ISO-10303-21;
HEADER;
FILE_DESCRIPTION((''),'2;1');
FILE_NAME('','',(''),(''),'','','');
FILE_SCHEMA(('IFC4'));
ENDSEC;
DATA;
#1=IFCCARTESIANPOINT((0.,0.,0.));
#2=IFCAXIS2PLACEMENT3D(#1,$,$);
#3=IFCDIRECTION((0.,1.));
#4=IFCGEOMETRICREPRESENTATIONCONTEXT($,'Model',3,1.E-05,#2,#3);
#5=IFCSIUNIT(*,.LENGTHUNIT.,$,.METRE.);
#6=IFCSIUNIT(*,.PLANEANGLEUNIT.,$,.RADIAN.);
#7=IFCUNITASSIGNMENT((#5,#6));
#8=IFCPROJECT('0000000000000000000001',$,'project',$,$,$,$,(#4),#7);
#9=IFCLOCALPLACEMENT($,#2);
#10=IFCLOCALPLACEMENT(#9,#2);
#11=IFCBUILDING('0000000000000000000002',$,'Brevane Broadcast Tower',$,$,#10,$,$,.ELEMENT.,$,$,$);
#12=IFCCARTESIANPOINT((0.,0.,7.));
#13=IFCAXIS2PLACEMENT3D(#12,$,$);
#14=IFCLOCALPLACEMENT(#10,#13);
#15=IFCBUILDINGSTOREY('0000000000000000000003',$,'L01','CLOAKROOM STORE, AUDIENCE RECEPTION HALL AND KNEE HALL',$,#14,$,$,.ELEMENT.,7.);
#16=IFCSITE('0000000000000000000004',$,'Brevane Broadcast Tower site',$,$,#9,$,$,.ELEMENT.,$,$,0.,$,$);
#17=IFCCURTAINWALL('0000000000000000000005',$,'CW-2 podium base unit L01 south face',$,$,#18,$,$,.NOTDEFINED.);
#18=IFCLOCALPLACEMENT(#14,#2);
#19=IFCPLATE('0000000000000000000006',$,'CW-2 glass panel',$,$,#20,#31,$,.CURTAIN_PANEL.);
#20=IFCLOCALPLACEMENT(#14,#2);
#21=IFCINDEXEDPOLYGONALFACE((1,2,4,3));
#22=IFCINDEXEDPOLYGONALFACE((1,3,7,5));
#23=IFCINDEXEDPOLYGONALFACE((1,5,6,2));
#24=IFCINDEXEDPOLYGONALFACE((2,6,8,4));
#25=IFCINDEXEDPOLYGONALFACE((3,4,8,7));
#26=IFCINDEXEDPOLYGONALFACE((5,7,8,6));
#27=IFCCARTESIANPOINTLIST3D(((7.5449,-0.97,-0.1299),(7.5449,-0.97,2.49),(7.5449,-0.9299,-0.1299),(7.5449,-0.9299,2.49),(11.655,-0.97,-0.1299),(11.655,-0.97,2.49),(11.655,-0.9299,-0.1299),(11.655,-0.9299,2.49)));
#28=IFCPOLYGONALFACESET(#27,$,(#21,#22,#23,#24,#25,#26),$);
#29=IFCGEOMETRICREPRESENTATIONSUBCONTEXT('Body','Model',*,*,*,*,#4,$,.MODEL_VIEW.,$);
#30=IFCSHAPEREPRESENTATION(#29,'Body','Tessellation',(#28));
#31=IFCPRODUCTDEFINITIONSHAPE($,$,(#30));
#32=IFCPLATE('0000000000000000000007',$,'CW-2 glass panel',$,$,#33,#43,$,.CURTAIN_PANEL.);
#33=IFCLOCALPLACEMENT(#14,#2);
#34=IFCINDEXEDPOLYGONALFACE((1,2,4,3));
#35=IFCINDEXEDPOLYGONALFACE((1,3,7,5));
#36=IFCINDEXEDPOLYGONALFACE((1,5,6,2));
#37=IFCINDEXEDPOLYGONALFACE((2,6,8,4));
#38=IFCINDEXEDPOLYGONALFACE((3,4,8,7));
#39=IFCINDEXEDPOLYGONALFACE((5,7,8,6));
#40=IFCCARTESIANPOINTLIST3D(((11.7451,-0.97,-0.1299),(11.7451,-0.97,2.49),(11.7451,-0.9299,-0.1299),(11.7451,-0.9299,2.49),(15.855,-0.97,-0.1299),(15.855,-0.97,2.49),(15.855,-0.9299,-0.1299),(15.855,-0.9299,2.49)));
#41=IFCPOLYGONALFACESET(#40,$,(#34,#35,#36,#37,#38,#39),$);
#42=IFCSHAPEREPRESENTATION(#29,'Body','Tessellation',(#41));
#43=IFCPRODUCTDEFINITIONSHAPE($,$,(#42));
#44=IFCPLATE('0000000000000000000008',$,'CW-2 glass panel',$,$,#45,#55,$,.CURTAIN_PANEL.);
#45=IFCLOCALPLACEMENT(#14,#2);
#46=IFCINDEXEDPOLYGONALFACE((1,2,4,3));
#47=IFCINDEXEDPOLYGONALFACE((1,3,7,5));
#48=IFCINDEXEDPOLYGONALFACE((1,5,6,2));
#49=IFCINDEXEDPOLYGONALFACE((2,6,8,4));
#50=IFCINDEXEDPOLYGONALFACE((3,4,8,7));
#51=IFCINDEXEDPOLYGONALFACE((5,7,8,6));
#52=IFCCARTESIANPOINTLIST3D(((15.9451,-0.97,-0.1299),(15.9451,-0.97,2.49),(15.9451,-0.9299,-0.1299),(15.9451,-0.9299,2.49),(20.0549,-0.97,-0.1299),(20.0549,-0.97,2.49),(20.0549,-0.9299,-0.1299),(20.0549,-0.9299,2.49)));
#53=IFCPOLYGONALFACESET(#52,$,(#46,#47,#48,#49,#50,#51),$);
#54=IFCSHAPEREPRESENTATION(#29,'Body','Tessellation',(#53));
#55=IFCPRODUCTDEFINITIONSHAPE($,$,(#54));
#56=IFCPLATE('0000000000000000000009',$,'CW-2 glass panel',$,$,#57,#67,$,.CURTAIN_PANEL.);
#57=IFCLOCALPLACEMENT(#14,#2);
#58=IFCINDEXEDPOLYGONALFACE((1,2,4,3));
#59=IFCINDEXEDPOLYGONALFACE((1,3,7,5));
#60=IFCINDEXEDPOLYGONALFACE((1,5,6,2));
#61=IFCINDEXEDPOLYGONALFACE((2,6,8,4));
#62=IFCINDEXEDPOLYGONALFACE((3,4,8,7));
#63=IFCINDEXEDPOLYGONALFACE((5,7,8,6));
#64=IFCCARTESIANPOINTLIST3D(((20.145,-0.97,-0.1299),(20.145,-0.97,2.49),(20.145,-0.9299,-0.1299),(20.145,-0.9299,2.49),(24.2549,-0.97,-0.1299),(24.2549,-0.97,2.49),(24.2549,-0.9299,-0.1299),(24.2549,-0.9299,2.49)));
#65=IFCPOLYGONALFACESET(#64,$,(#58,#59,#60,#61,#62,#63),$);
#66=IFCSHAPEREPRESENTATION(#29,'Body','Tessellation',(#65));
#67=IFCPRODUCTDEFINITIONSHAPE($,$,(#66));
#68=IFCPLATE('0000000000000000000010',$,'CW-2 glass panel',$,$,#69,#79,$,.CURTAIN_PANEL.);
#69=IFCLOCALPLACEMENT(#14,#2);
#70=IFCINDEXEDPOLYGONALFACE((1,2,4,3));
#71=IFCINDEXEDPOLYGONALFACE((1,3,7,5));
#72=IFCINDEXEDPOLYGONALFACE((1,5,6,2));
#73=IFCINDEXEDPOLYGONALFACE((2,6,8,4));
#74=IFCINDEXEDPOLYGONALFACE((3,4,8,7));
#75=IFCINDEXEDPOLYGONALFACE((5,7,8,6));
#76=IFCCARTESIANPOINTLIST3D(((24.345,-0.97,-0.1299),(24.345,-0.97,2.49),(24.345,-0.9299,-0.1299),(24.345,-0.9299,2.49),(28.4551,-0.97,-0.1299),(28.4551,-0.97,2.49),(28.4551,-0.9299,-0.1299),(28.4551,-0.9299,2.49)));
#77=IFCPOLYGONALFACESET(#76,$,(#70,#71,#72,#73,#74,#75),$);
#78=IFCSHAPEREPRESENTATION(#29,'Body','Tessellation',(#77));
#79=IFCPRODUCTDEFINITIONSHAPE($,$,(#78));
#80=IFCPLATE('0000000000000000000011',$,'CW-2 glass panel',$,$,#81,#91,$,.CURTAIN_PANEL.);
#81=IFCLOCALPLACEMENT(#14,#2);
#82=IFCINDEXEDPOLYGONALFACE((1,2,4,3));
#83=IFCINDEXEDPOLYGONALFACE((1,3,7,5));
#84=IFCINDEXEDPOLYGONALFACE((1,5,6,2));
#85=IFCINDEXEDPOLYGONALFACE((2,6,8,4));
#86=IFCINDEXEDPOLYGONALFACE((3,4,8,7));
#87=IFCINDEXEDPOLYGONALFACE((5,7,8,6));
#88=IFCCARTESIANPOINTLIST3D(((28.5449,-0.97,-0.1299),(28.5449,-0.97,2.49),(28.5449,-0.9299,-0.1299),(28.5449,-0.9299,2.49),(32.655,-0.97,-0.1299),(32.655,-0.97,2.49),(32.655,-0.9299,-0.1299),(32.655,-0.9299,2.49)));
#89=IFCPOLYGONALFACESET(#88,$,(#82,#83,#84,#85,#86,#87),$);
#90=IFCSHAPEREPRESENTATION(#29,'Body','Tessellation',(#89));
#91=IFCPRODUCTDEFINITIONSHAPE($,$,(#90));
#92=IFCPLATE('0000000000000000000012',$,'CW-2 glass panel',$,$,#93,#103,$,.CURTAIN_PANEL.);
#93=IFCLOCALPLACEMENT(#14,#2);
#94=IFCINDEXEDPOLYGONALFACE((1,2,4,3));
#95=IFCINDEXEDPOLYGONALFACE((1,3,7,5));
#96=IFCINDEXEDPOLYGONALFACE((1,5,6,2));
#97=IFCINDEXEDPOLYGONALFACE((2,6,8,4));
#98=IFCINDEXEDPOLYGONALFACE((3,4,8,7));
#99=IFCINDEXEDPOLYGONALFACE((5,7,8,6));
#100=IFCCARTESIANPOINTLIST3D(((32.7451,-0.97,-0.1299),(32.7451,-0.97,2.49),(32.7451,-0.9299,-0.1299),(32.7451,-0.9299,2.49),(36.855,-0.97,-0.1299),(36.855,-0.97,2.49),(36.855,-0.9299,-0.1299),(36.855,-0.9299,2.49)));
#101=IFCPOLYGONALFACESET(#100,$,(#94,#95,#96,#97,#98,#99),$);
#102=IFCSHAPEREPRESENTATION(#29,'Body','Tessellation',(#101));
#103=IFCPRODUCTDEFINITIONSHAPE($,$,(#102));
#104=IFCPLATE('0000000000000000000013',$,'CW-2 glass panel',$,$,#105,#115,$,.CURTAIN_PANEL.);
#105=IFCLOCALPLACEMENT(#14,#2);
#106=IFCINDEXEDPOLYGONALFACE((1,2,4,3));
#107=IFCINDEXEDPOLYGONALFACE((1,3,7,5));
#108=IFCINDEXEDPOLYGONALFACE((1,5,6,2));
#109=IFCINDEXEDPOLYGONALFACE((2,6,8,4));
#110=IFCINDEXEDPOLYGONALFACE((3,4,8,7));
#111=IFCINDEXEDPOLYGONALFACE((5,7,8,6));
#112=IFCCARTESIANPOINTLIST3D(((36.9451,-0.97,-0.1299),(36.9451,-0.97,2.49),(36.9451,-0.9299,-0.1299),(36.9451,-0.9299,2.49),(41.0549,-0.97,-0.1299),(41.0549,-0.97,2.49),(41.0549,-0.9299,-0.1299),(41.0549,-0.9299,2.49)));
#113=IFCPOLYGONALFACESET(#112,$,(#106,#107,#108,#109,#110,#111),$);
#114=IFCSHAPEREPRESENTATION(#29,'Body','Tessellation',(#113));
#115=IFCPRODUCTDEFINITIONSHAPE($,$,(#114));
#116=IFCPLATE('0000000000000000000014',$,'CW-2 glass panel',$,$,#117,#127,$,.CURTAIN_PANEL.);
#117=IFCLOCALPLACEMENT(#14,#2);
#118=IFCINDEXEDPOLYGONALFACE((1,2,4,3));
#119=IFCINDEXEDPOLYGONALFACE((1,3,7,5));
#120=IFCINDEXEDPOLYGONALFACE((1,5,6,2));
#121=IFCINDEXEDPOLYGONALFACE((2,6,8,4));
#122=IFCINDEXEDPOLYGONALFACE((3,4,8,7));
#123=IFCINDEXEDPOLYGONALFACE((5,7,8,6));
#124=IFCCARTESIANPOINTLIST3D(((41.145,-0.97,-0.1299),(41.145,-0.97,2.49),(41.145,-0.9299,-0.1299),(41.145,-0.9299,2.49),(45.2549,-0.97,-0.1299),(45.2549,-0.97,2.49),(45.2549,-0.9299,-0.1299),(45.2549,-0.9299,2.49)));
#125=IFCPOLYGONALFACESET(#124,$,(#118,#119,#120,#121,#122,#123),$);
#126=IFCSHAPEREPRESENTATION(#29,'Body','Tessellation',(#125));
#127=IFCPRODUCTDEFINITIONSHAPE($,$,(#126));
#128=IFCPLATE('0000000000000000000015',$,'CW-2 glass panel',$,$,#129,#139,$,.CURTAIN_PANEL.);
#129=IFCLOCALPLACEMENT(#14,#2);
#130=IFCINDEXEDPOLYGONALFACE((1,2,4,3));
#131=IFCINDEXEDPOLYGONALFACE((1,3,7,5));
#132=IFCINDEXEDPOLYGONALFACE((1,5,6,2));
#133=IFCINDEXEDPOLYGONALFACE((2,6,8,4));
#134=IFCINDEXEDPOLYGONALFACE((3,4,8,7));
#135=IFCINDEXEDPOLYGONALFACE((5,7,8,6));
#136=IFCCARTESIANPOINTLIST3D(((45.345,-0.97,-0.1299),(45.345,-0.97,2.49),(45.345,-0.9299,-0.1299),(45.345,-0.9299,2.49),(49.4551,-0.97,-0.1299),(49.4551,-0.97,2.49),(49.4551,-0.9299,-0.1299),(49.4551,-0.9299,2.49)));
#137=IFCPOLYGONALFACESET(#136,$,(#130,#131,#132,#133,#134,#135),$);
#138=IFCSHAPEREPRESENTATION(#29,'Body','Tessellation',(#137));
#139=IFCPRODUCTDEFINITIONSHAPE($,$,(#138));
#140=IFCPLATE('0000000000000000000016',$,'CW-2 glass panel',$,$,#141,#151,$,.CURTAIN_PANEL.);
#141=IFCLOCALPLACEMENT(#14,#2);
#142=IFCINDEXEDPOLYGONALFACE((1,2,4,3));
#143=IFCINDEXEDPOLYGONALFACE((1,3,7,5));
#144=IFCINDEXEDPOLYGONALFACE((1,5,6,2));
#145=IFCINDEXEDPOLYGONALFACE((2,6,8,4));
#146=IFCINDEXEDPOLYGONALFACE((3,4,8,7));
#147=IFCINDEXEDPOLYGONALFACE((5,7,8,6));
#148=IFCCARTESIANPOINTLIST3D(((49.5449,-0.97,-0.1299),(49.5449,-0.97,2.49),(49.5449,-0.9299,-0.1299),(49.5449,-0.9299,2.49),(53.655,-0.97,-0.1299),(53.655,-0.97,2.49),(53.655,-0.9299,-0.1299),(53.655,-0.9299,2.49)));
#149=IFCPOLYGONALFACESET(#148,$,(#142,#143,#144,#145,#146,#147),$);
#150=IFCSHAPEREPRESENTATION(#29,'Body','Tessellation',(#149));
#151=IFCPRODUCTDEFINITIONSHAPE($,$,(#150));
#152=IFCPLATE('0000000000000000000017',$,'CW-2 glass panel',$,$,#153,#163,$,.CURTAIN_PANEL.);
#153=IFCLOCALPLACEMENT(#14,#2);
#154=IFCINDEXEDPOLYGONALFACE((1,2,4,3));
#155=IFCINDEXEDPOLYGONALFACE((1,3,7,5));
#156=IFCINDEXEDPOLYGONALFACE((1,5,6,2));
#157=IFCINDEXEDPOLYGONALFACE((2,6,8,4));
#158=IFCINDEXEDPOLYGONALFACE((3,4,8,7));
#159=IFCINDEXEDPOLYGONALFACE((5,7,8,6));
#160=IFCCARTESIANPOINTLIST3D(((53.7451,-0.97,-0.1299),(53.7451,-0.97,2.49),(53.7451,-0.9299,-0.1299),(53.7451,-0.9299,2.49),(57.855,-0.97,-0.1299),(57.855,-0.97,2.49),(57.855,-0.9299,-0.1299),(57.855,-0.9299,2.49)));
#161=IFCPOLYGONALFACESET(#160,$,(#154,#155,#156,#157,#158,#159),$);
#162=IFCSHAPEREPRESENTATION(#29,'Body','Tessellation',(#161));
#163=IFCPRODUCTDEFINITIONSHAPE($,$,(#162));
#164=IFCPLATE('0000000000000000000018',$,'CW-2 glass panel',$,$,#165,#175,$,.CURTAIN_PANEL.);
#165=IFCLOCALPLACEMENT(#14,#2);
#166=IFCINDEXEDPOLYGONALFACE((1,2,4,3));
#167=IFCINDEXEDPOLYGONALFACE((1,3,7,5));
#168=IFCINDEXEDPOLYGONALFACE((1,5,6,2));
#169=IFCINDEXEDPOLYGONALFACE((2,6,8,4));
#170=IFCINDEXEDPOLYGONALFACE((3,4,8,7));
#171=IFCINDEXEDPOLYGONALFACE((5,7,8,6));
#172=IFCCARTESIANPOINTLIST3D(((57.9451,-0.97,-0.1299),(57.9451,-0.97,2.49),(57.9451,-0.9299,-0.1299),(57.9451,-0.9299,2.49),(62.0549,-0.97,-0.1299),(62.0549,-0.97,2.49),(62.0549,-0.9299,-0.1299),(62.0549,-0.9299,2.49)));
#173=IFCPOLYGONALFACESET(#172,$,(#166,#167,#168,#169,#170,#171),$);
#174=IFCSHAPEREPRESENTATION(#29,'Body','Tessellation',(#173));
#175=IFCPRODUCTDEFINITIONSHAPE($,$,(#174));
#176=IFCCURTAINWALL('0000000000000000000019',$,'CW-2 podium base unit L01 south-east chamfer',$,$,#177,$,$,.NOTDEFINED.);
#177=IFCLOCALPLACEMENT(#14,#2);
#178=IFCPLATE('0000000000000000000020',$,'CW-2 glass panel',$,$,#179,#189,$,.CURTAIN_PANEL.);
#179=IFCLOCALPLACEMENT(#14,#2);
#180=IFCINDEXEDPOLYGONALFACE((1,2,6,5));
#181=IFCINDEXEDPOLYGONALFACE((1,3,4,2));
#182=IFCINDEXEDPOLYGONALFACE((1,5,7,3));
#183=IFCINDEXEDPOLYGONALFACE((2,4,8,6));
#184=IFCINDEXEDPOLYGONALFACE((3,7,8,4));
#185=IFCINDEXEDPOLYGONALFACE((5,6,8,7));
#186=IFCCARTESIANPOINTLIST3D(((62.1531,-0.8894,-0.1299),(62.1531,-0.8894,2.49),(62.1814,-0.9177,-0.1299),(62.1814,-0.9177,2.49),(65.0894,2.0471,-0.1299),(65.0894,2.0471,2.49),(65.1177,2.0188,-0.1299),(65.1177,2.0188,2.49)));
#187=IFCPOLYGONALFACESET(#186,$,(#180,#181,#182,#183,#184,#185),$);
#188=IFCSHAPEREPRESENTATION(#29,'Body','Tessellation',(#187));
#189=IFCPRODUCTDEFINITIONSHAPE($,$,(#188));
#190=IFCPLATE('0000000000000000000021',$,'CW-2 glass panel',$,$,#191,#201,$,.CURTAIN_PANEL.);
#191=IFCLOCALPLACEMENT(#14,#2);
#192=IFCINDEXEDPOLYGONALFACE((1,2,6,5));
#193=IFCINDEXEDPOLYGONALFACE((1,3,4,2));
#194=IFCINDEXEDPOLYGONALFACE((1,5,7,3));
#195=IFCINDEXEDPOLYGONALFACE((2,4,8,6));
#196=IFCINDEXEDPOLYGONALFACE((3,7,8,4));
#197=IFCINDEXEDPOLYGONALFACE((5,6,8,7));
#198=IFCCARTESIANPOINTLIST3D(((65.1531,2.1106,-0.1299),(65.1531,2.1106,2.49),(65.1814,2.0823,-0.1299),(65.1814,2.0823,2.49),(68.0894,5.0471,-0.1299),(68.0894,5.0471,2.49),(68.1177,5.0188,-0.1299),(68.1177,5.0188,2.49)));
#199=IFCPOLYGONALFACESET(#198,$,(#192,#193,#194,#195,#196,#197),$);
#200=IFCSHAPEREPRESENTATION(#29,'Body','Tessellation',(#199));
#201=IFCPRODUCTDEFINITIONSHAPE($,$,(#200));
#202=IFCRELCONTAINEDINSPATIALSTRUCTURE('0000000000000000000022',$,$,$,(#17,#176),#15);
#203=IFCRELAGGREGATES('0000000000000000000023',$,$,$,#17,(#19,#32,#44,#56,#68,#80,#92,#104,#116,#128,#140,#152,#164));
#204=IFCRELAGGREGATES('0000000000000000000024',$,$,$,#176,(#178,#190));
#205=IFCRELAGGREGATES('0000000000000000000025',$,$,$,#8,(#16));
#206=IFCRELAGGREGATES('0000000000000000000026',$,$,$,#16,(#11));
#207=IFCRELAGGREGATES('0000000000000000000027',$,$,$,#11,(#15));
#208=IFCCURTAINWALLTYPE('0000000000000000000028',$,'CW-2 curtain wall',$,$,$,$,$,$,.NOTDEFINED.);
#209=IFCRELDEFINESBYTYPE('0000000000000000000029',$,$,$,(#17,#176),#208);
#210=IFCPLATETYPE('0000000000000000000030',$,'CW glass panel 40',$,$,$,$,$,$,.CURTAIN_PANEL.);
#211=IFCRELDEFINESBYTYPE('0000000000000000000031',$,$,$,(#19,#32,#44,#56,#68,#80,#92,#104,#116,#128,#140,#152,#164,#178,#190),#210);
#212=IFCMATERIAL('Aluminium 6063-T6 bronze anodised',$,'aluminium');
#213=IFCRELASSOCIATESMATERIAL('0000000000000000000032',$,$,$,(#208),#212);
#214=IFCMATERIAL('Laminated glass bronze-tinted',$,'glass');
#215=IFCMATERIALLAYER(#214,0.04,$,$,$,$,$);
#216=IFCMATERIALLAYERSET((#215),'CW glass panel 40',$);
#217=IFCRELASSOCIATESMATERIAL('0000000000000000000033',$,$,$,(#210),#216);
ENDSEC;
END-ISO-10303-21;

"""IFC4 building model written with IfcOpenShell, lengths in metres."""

from ifc_helpers import new_model, si_unit, direction, frame, origin, place, context, subcontext, project, spatial, polyline, outline, extrude, material, layer, layer_set, type_object, element, aggregate, save


model = new_model("IFC4")

# Units and contexts
model_context = context("Model", 3, precision=1e-05, world=origin(), true_north=direction((0.0, 1.0)))
body_context = subcontext(model_context, "Body", "Model", "MODEL_VIEW")
ifc_project = project(units=[si_unit("LENGTHUNIT", "METRE"), si_unit("PLANEANGLEUNIT", "RADIAN")], contexts=[model_context])

# Site, building, storey
site_placement = place(None, origin())
site = spatial("IfcSite", under=ifc_project, at=site_placement, Name="Brevane Broadcast Tower site", CompositionType="ELEMENT", RefElevation=0.0)
building_placement = place(site_placement, origin())
building = spatial("IfcBuilding", under=site, at=building_placement, Name="Brevane Broadcast Tower", CompositionType="ELEMENT")
storey_placement = place(building_placement, frame((0.0, 0.0, 7.0)))
storey = spatial("IfcBuildingStorey", under=building, at=storey_placement, Name="L01", Description="CLOAKROOM STORE, AUDIENCE RECEPTION HALL AND KNEE HALL", CompositionType="ELEMENT", Elevation=7.0)

# Curtain walls, plates
ifc_material_1 = material(Name="Aluminium 6063-T6 bronze anodised", Category="aluminium")
curtain_wall_type = type_object("IfcCurtainWallType", Name="CW-2 curtain wall", PredefinedType="NOTDEFINED", material=ifc_material_1)
curtain_wall_1_placement = place(storey_placement, origin())
curtain_wall_1 = element("IfcCurtainWall", 1, at=curtain_wall_1_placement, inside=storey, type_object=curtain_wall_type, Name="CW-2 podium base unit L01 south face", PredefinedType="NOTDEFINED")
ifc_material_2 = material(Name="Laminated glass bronze-tinted", Category="glass")
ifc_layer = layer(ifc_material_2, 0.04)
ifc_layer_set = layer_set([ifc_layer], Name="CW glass panel 40")
plate_type = type_object("IfcPlateType", Name="CW glass panel 40", PredefinedType="CURTAIN_PANEL", material=ifc_layer_set)
plate_1_placement = place(storey_placement, frame((0.0, 0.0, -0.1299)))
plate_1 = element("IfcPlate", 2, at=plate_1_placement, type_object=plate_type, Name="CW-2 glass panel", PredefinedType="CURTAIN_PANEL", context=body_context, shape_type="SweptSolid", body=[
    extrude(outline(polyline([(11.655, -0.97), (11.655, -0.9299), (7.5449, -0.9299), (7.5449, -0.97), (11.655, -0.97)])), origin(), (0.0, 0.0, 1.0), 2.6199),
])
plate_2_placement = place(storey_placement, frame((0.0, 0.0, -0.1299)))
plate_2 = element("IfcPlate", 3, at=plate_2_placement, type_object=plate_type, Name="CW-2 glass panel", PredefinedType="CURTAIN_PANEL", context=body_context, shape_type="SweptSolid", body=[
    extrude(outline(polyline([(15.855, -0.97), (15.855, -0.9299), (11.7451, -0.9299), (11.7451, -0.97), (15.855, -0.97)])), origin(), (0.0, 0.0, 1.0), 2.6199),
])
plate_3_placement = place(storey_placement, frame((0.0, 0.0, -0.1299)))
plate_3 = element("IfcPlate", 4, at=plate_3_placement, type_object=plate_type, Name="CW-2 glass panel", PredefinedType="CURTAIN_PANEL", context=body_context, shape_type="SweptSolid", body=[
    extrude(outline(polyline([(20.0549, -0.97), (20.0549, -0.9299), (15.9451, -0.9299), (15.9451, -0.97), (20.0549, -0.97)])), origin(), (0.0, 0.0, 1.0), 2.6199),
])
plate_4_placement = place(storey_placement, frame((0.0, 0.0, -0.1299)))
plate_4 = element("IfcPlate", 5, at=plate_4_placement, type_object=plate_type, Name="CW-2 glass panel", PredefinedType="CURTAIN_PANEL", context=body_context, shape_type="SweptSolid", body=[
    extrude(outline(polyline([(24.2549, -0.97), (24.2549, -0.9299), (20.145, -0.9299), (20.145, -0.97), (24.2549, -0.97)])), origin(), (0.0, 0.0, 1.0), 2.6199),
])
plate_5_placement = place(storey_placement, frame((0.0, 0.0, -0.1299)))
plate_5 = element("IfcPlate", 6, at=plate_5_placement, type_object=plate_type, Name="CW-2 glass panel", PredefinedType="CURTAIN_PANEL", context=body_context, shape_type="SweptSolid", body=[
    extrude(outline(polyline([(28.4551, -0.97), (28.4551, -0.9299), (24.345, -0.9299), (24.345, -0.97), (28.4551, -0.97)])), origin(), (0.0, 0.0, 1.0), 2.6199),
])
plate_6_placement = place(storey_placement, frame((0.0, 0.0, -0.1299)))
plate_6 = element("IfcPlate", 7, at=plate_6_placement, type_object=plate_type, Name="CW-2 glass panel", PredefinedType="CURTAIN_PANEL", context=body_context, shape_type="SweptSolid", body=[
    extrude(outline(polyline([(32.655, -0.97), (32.655, -0.9299), (28.5449, -0.9299), (28.5449, -0.97), (32.655, -0.97)])), origin(), (0.0, 0.0, 1.0), 2.6199),
])
plate_7_placement = place(storey_placement, frame((0.0, 0.0, -0.1299)))
plate_7 = element("IfcPlate", 8, at=plate_7_placement, type_object=plate_type, Name="CW-2 glass panel", PredefinedType="CURTAIN_PANEL", context=body_context, shape_type="SweptSolid", body=[
    extrude(outline(polyline([(36.855, -0.97), (36.855, -0.9299), (32.7451, -0.9299), (32.7451, -0.97), (36.855, -0.97)])), origin(), (0.0, 0.0, 1.0), 2.6199),
])
plate_8_placement = place(storey_placement, frame((0.0, 0.0, -0.1299)))
plate_8 = element("IfcPlate", 9, at=plate_8_placement, type_object=plate_type, Name="CW-2 glass panel", PredefinedType="CURTAIN_PANEL", context=body_context, shape_type="SweptSolid", body=[
    extrude(outline(polyline([(41.0549, -0.97), (41.0549, -0.9299), (36.9451, -0.9299), (36.9451, -0.97), (41.0549, -0.97)])), origin(), (0.0, 0.0, 1.0), 2.6199),
])
plate_9_placement = place(storey_placement, frame((0.0, 0.0, -0.1299)))
plate_9 = element("IfcPlate", 10, at=plate_9_placement, type_object=plate_type, Name="CW-2 glass panel", PredefinedType="CURTAIN_PANEL", context=body_context, shape_type="SweptSolid", body=[
    extrude(outline(polyline([(45.2549, -0.97), (45.2549, -0.9299), (41.145, -0.9299), (41.145, -0.97), (45.2549, -0.97)])), origin(), (0.0, 0.0, 1.0), 2.6199),
])
plate_10_placement = place(storey_placement, frame((0.0, 0.0, -0.1299)))
plate_10 = element("IfcPlate", 11, at=plate_10_placement, type_object=plate_type, Name="CW-2 glass panel", PredefinedType="CURTAIN_PANEL", context=body_context, shape_type="SweptSolid", body=[
    extrude(outline(polyline([(49.4551, -0.97), (49.4551, -0.9299), (45.345, -0.9299), (45.345, -0.97), (49.4551, -0.97)])), origin(), (0.0, 0.0, 1.0), 2.6199),
])
plate_11_placement = place(storey_placement, frame((0.0, 0.0, -0.1299)))
plate_11 = element("IfcPlate", 12, at=plate_11_placement, type_object=plate_type, Name="CW-2 glass panel", PredefinedType="CURTAIN_PANEL", context=body_context, shape_type="SweptSolid", body=[
    extrude(outline(polyline([(53.655, -0.97), (53.655, -0.9299), (49.5449, -0.9299), (49.5449, -0.97), (53.655, -0.97)])), origin(), (0.0, 0.0, 1.0), 2.6199),
])
plate_12_placement = place(storey_placement, frame((0.0, 0.0, -0.1299)))
plate_12 = element("IfcPlate", 13, at=plate_12_placement, type_object=plate_type, Name="CW-2 glass panel", PredefinedType="CURTAIN_PANEL", context=body_context, shape_type="SweptSolid", body=[
    extrude(outline(polyline([(57.855, -0.97), (57.855, -0.9299), (53.7451, -0.9299), (53.7451, -0.97), (57.855, -0.97)])), origin(), (0.0, 0.0, 1.0), 2.6199),
])
plate_13_placement = place(storey_placement, frame((0.0, 0.0, -0.1299)))
plate_13 = element("IfcPlate", 14, at=plate_13_placement, type_object=plate_type, Name="CW-2 glass panel", PredefinedType="CURTAIN_PANEL", context=body_context, shape_type="SweptSolid", body=[
    extrude(outline(polyline([(62.0549, -0.97), (62.0549, -0.9299), (57.9451, -0.9299), (57.9451, -0.97), (62.0549, -0.97)])), origin(), (0.0, 0.0, 1.0), 2.6199),
])
aggregate(curtain_wall_1, [plate_1, plate_2, plate_3, plate_4, plate_5, plate_6, plate_7, plate_8, plate_9, plate_10, plate_11, plate_12, plate_13])
curtain_wall_2_placement = place(storey_placement, origin())
curtain_wall_2 = element("IfcCurtainWall", 15, at=curtain_wall_2_placement, inside=storey, type_object=curtain_wall_type, Name="CW-2 podium base unit L01 south-east chamfer", PredefinedType="NOTDEFINED")
plate_14_placement = place(storey_placement, frame((0.0, 0.0, -0.1299)))
plate_14 = element("IfcPlate", 16, at=plate_14_placement, type_object=plate_type, Name="CW-2 glass panel", PredefinedType="CURTAIN_PANEL", context=body_context, shape_type="SweptSolid", body=[
    extrude(outline(polyline([(62.1531, -0.8894), (65.0894, 2.0471), (65.1177, 2.0188), (62.1814, -0.9177), (62.1531, -0.8894)])), origin(), (0.0, 0.0, 1.0), 2.6199),
])
plate_15_placement = place(storey_placement, frame((0.0, 0.0, -0.1299)))
plate_15 = element("IfcPlate", 17, at=plate_15_placement, type_object=plate_type, Name="CW-2 glass panel", PredefinedType="CURTAIN_PANEL", context=body_context, shape_type="SweptSolid", body=[
    extrude(outline(polyline([(68.0894, 5.0471), (68.1177, 5.0188), (65.1814, 2.0823), (65.1531, 2.1106), (68.0894, 5.0471)])), origin(), (0.0, 0.0, 1.0), 2.6199),
])
aggregate(curtain_wall_2, [plate_14, plate_15])

save(model, "model.ifc")
